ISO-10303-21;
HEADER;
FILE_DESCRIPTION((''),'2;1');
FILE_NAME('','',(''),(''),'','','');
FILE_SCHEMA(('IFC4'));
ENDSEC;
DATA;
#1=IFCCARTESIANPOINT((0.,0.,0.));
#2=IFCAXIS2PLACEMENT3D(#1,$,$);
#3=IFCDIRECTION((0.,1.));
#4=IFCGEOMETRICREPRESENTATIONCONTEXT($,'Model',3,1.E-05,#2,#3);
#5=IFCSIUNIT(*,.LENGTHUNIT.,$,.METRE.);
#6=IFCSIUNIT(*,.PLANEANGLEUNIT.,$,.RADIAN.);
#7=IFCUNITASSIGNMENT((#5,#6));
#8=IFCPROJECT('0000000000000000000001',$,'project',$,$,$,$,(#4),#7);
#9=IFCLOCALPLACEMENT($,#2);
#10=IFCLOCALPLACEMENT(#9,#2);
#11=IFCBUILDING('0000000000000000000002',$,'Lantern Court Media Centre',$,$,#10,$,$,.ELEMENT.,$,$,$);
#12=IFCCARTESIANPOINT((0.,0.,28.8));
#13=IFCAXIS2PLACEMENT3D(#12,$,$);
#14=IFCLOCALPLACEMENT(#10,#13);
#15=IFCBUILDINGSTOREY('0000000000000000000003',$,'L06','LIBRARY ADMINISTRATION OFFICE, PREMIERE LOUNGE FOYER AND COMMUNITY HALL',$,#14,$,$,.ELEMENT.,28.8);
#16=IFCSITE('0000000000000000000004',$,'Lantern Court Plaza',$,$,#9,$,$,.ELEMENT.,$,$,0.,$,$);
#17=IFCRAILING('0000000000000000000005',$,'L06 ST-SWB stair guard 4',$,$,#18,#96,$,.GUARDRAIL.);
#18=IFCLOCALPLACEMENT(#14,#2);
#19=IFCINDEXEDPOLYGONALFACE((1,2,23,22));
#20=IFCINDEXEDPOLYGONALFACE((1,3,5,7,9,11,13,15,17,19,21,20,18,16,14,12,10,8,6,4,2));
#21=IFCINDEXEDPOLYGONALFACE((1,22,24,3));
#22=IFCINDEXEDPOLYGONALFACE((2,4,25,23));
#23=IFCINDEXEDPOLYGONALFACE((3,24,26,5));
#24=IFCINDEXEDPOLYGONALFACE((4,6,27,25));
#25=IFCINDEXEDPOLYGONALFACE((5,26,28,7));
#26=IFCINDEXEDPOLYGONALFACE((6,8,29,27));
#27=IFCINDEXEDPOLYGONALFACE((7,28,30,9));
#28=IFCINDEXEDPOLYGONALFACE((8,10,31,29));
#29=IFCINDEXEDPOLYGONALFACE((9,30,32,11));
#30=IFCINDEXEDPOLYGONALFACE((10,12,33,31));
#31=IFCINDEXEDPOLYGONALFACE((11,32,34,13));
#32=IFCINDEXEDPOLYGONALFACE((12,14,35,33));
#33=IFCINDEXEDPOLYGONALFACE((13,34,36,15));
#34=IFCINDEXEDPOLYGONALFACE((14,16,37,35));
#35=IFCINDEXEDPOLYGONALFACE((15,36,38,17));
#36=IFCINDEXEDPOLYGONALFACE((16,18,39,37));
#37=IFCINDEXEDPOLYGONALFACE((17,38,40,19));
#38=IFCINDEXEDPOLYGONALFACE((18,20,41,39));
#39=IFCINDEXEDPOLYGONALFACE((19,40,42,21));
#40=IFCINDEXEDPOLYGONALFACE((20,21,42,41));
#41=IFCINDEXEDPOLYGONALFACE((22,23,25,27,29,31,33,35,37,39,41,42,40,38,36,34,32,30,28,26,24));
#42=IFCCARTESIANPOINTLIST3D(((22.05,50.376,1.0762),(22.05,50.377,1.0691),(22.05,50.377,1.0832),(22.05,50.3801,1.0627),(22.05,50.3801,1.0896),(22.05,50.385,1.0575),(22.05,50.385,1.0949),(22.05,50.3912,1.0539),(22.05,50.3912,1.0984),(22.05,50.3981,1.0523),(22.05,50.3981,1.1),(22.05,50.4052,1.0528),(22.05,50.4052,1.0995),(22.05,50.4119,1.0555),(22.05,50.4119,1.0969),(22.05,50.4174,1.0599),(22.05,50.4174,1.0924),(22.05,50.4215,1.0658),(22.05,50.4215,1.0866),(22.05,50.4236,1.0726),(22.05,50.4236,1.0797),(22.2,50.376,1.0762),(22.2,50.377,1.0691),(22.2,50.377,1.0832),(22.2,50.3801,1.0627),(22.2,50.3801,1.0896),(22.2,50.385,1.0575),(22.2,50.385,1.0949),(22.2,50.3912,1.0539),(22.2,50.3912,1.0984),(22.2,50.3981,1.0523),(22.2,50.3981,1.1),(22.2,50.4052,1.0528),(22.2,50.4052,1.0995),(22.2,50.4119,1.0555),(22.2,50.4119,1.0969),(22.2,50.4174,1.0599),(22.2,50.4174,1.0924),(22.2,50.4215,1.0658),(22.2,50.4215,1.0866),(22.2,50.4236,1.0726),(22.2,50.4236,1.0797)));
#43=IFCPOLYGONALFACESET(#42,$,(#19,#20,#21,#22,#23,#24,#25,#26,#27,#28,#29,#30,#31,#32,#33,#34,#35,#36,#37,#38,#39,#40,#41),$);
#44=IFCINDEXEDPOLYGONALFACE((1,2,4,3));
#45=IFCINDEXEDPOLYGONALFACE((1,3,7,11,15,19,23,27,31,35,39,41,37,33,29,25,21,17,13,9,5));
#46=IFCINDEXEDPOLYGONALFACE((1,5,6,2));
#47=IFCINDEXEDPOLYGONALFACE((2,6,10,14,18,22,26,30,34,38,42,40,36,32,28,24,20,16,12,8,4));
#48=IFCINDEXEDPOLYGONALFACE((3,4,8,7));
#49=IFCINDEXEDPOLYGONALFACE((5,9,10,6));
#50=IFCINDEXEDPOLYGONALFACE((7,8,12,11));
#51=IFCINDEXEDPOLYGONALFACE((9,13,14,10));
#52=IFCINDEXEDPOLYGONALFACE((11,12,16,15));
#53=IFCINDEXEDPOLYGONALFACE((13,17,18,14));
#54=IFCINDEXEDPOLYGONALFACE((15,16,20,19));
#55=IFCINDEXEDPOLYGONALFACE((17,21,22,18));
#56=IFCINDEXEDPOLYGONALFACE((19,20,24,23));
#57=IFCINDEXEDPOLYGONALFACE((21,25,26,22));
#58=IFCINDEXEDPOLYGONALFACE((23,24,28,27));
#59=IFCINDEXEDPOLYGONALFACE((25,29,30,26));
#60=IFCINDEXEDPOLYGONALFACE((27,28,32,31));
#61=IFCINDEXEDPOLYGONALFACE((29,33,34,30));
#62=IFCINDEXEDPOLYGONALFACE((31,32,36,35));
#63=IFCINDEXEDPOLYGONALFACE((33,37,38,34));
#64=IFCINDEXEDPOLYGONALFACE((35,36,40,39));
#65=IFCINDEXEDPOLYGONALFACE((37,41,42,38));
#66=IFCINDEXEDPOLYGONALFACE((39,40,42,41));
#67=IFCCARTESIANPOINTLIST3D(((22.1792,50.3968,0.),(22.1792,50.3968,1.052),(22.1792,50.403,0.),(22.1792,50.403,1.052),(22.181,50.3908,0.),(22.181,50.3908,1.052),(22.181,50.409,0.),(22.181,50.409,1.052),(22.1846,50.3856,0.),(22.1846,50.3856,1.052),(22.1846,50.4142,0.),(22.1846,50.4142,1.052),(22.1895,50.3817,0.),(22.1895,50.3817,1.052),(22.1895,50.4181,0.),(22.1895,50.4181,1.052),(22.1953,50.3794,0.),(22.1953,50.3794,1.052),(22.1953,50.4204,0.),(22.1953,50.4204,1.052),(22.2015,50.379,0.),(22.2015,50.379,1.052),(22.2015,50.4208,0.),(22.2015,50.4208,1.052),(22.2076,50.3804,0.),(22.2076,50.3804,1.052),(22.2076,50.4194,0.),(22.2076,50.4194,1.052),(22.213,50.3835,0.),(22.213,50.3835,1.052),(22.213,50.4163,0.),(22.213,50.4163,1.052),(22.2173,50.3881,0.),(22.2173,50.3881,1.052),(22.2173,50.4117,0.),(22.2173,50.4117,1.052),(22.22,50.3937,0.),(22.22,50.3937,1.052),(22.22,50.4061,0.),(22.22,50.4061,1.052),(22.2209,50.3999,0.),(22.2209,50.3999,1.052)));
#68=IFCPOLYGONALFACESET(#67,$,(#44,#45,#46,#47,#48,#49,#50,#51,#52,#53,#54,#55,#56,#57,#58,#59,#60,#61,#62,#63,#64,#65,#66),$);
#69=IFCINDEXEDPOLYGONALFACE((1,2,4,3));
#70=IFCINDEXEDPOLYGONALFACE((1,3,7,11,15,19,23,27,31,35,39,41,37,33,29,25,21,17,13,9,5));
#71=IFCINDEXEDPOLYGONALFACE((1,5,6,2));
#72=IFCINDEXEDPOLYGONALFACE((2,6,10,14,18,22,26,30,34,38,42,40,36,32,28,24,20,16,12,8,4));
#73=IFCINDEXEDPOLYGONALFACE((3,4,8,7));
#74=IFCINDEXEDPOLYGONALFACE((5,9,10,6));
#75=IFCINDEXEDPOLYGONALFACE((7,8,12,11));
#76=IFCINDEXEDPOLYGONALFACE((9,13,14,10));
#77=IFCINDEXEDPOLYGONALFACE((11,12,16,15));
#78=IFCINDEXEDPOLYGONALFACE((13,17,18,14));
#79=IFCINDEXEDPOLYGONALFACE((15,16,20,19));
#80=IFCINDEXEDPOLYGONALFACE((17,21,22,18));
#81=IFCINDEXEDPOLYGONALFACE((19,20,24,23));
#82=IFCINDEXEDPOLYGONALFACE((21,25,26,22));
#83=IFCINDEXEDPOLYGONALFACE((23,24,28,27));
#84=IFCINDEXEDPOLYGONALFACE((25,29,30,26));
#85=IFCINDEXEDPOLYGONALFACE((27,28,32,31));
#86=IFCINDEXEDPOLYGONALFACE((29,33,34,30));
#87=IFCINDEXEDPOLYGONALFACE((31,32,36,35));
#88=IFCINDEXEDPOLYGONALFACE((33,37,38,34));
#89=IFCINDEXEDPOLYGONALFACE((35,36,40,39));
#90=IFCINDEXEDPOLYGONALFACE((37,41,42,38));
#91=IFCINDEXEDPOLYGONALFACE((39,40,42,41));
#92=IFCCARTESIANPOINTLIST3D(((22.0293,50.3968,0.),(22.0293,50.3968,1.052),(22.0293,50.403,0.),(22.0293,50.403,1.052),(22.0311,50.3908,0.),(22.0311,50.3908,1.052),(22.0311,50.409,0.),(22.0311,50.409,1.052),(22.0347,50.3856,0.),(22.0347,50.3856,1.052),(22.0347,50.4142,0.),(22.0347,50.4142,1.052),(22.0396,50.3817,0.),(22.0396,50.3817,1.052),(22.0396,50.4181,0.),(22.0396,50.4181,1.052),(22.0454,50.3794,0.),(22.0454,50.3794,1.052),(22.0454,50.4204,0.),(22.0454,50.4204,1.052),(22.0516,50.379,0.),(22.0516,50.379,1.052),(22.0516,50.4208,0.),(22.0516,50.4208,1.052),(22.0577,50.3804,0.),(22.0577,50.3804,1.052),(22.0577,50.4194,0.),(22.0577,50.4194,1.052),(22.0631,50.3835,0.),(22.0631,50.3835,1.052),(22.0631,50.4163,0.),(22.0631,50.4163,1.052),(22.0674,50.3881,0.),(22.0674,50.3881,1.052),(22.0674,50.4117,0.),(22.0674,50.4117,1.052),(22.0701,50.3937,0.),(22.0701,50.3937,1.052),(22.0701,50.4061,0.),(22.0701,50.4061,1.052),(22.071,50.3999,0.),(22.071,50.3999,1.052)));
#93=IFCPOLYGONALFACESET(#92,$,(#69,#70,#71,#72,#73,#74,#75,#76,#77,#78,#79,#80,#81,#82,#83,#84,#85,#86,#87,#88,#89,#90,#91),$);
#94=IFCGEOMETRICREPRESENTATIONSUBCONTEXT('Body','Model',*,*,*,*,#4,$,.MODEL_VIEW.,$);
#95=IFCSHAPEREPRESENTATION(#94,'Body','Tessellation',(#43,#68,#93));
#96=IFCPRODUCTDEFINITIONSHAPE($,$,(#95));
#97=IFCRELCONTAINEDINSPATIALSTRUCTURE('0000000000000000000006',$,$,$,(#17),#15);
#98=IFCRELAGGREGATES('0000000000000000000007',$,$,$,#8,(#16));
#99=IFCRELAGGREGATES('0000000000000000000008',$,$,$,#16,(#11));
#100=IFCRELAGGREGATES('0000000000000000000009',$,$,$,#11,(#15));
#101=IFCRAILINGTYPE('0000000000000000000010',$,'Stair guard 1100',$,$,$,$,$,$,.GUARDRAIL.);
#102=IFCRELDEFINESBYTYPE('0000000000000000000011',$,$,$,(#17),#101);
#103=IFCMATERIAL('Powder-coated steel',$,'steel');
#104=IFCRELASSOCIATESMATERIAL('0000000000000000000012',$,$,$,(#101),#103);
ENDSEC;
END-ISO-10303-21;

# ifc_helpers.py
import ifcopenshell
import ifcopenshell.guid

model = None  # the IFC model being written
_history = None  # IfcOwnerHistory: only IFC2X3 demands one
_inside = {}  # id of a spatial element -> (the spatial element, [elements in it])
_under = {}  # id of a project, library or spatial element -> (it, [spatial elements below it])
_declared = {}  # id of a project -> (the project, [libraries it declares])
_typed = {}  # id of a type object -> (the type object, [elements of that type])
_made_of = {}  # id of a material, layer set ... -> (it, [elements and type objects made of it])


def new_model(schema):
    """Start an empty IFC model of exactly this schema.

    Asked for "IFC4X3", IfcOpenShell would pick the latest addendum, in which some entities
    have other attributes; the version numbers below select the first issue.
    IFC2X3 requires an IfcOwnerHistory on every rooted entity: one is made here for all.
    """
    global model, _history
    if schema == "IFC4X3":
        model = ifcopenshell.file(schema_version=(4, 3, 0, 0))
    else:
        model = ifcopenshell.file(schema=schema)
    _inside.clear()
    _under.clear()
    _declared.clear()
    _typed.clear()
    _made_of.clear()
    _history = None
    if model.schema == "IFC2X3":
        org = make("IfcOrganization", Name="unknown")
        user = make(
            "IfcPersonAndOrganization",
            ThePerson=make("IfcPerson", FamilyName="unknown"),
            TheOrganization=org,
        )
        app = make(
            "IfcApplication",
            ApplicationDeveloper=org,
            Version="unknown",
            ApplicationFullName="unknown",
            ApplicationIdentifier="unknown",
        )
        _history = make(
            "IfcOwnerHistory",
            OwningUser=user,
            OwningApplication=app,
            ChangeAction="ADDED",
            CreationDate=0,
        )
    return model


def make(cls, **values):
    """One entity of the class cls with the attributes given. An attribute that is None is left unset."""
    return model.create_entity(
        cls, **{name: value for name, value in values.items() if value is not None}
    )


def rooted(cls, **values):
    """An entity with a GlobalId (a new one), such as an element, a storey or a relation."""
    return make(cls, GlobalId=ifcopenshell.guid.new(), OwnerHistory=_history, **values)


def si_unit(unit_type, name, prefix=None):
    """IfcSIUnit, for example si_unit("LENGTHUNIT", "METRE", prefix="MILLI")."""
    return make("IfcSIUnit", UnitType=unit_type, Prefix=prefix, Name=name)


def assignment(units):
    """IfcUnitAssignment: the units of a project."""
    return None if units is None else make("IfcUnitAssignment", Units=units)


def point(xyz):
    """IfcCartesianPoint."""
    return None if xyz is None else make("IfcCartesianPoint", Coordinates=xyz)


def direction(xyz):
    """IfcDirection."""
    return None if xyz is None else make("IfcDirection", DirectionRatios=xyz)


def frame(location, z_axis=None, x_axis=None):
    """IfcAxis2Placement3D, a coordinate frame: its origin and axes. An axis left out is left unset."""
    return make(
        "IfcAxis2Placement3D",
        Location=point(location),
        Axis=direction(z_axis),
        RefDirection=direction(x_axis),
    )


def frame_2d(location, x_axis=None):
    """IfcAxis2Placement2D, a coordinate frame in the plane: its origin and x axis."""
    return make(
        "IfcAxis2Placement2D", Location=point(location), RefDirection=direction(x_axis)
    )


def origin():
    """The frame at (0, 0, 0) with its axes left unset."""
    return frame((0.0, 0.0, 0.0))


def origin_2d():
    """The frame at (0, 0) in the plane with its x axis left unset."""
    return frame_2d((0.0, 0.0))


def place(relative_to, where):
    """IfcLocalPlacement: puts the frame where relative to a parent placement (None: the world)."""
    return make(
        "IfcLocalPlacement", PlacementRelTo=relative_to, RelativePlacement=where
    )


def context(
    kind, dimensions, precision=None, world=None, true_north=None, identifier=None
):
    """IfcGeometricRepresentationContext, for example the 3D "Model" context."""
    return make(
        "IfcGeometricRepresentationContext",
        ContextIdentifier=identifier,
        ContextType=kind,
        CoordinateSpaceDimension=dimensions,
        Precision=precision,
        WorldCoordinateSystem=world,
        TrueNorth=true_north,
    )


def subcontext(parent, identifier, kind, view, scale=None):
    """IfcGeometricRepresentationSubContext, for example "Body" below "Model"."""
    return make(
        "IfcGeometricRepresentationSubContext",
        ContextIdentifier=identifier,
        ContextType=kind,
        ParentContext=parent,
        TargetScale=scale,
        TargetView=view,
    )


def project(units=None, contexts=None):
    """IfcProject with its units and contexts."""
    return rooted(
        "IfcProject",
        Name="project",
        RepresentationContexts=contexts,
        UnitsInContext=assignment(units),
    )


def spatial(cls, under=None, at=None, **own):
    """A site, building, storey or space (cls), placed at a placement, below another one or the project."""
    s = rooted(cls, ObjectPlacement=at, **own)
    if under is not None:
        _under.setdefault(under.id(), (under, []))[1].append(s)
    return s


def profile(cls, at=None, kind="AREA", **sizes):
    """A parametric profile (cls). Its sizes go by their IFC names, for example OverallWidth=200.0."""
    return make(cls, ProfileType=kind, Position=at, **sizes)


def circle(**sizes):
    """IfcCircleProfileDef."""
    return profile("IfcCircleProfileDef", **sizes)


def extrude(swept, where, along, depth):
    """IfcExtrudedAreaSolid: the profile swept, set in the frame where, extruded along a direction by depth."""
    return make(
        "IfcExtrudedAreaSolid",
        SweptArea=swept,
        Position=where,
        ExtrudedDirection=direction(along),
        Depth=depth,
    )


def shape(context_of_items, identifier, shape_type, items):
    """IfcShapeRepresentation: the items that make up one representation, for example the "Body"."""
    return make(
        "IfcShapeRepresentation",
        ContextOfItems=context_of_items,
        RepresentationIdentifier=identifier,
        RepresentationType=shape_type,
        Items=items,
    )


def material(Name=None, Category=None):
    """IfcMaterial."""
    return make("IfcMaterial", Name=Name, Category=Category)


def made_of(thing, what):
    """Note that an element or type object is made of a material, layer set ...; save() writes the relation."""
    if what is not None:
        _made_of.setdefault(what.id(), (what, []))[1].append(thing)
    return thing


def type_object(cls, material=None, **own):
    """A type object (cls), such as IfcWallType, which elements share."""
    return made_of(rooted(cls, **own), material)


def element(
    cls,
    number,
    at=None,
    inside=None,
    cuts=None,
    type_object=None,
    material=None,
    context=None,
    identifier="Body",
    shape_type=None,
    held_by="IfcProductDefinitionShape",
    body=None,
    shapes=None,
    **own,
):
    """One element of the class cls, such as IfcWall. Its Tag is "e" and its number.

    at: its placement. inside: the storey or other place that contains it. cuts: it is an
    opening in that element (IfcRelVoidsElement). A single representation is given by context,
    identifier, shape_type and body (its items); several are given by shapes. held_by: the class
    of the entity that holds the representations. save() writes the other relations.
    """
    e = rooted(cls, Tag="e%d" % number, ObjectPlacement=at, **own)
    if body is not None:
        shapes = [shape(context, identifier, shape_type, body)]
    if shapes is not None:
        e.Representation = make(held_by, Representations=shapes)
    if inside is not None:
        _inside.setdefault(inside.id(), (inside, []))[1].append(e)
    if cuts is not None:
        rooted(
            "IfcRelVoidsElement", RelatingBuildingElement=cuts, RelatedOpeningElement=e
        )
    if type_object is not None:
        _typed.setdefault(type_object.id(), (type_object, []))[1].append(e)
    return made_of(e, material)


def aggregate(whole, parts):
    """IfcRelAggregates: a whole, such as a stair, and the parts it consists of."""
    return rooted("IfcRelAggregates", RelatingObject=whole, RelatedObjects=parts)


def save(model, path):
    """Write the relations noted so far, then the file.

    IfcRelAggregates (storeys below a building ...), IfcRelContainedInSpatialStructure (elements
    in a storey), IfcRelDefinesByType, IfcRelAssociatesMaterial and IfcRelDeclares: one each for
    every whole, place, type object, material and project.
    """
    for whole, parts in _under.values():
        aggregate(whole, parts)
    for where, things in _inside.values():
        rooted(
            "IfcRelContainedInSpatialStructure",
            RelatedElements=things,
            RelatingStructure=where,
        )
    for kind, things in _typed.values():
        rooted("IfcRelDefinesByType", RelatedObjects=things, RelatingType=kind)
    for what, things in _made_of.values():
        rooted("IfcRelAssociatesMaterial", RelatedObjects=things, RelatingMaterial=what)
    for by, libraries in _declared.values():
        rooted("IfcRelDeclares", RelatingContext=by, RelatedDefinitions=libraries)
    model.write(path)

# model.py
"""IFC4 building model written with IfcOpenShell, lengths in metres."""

from ifc_helpers import new_model, si_unit, direction, frame, origin, origin_2d, place, context, subcontext, project, spatial, circle, extrude, material, type_object, element, save


model = new_model("IFC4")

# Units and contexts
model_context = context("Model", 3, precision=1e-05, world=origin(), true_north=direction((0.0, 1.0)))
body_context = subcontext(model_context, "Body", "Model", "MODEL_VIEW")
ifc_project = project(units=[si_unit("LENGTHUNIT", "METRE"), si_unit("PLANEANGLEUNIT", "RADIAN")], contexts=[model_context])

# Site, building, storey
site_placement = place(None, origin())
site = spatial("IfcSite", under=ifc_project, at=site_placement, Name="Lantern Court Plaza", CompositionType="ELEMENT", RefElevation=0.0)
building_placement = place(site_placement, origin())
building = spatial("IfcBuilding", under=site, at=building_placement, Name="Lantern Court Media Centre", CompositionType="ELEMENT")
storey_placement = place(building_placement, frame((0.0, 0.0, 28.8)))
storey = spatial("IfcBuildingStorey", under=building, at=storey_placement, Name="L06", Description="LIBRARY ADMINISTRATION OFFICE, PREMIERE LOUNGE FOYER AND COMMUNITY HALL", CompositionType="ELEMENT", Elevation=28.8)

# Shared definitions
ifc_material_1 = material(Name="Powder-coated steel", Category="steel")

# Railing
railing_type_1 = type_object("IfcRailingType", Name="Stair guard 1100", PredefinedType="GUARDRAIL", material=ifc_material_1)
railing_1_placement = place(storey_placement, frame((22.2, 50.3999, 0.0)))
element("IfcRailing", 1, at=railing_1_placement, inside=storey, type_object=railing_type_1, Name="L06 ST-SWB stair guard 4", PredefinedType="GUARDRAIL", context=body_context, shape_type="SweptSolid", body=[
    extrude(circle(Radius=0.0239, at=origin_2d()), frame((0.0, 0.0, 1.0762), z_axis=(-1.0, 0.0, 0.0), x_axis=(0.0, -1.0, 0.0)), (0.0, 0.0, 1.0), 0.1499),
    extrude(circle(Radius=0.021, at=origin_2d()), origin(), (0.0, 0.0, 1.0), 1.052),
    extrude(circle(Radius=0.021, at=origin_2d()), frame((-0.1499, 0.0, 0.0)), (0.0, 0.0, 1.0), 1.052),
])

save(model, "model.ifc")
